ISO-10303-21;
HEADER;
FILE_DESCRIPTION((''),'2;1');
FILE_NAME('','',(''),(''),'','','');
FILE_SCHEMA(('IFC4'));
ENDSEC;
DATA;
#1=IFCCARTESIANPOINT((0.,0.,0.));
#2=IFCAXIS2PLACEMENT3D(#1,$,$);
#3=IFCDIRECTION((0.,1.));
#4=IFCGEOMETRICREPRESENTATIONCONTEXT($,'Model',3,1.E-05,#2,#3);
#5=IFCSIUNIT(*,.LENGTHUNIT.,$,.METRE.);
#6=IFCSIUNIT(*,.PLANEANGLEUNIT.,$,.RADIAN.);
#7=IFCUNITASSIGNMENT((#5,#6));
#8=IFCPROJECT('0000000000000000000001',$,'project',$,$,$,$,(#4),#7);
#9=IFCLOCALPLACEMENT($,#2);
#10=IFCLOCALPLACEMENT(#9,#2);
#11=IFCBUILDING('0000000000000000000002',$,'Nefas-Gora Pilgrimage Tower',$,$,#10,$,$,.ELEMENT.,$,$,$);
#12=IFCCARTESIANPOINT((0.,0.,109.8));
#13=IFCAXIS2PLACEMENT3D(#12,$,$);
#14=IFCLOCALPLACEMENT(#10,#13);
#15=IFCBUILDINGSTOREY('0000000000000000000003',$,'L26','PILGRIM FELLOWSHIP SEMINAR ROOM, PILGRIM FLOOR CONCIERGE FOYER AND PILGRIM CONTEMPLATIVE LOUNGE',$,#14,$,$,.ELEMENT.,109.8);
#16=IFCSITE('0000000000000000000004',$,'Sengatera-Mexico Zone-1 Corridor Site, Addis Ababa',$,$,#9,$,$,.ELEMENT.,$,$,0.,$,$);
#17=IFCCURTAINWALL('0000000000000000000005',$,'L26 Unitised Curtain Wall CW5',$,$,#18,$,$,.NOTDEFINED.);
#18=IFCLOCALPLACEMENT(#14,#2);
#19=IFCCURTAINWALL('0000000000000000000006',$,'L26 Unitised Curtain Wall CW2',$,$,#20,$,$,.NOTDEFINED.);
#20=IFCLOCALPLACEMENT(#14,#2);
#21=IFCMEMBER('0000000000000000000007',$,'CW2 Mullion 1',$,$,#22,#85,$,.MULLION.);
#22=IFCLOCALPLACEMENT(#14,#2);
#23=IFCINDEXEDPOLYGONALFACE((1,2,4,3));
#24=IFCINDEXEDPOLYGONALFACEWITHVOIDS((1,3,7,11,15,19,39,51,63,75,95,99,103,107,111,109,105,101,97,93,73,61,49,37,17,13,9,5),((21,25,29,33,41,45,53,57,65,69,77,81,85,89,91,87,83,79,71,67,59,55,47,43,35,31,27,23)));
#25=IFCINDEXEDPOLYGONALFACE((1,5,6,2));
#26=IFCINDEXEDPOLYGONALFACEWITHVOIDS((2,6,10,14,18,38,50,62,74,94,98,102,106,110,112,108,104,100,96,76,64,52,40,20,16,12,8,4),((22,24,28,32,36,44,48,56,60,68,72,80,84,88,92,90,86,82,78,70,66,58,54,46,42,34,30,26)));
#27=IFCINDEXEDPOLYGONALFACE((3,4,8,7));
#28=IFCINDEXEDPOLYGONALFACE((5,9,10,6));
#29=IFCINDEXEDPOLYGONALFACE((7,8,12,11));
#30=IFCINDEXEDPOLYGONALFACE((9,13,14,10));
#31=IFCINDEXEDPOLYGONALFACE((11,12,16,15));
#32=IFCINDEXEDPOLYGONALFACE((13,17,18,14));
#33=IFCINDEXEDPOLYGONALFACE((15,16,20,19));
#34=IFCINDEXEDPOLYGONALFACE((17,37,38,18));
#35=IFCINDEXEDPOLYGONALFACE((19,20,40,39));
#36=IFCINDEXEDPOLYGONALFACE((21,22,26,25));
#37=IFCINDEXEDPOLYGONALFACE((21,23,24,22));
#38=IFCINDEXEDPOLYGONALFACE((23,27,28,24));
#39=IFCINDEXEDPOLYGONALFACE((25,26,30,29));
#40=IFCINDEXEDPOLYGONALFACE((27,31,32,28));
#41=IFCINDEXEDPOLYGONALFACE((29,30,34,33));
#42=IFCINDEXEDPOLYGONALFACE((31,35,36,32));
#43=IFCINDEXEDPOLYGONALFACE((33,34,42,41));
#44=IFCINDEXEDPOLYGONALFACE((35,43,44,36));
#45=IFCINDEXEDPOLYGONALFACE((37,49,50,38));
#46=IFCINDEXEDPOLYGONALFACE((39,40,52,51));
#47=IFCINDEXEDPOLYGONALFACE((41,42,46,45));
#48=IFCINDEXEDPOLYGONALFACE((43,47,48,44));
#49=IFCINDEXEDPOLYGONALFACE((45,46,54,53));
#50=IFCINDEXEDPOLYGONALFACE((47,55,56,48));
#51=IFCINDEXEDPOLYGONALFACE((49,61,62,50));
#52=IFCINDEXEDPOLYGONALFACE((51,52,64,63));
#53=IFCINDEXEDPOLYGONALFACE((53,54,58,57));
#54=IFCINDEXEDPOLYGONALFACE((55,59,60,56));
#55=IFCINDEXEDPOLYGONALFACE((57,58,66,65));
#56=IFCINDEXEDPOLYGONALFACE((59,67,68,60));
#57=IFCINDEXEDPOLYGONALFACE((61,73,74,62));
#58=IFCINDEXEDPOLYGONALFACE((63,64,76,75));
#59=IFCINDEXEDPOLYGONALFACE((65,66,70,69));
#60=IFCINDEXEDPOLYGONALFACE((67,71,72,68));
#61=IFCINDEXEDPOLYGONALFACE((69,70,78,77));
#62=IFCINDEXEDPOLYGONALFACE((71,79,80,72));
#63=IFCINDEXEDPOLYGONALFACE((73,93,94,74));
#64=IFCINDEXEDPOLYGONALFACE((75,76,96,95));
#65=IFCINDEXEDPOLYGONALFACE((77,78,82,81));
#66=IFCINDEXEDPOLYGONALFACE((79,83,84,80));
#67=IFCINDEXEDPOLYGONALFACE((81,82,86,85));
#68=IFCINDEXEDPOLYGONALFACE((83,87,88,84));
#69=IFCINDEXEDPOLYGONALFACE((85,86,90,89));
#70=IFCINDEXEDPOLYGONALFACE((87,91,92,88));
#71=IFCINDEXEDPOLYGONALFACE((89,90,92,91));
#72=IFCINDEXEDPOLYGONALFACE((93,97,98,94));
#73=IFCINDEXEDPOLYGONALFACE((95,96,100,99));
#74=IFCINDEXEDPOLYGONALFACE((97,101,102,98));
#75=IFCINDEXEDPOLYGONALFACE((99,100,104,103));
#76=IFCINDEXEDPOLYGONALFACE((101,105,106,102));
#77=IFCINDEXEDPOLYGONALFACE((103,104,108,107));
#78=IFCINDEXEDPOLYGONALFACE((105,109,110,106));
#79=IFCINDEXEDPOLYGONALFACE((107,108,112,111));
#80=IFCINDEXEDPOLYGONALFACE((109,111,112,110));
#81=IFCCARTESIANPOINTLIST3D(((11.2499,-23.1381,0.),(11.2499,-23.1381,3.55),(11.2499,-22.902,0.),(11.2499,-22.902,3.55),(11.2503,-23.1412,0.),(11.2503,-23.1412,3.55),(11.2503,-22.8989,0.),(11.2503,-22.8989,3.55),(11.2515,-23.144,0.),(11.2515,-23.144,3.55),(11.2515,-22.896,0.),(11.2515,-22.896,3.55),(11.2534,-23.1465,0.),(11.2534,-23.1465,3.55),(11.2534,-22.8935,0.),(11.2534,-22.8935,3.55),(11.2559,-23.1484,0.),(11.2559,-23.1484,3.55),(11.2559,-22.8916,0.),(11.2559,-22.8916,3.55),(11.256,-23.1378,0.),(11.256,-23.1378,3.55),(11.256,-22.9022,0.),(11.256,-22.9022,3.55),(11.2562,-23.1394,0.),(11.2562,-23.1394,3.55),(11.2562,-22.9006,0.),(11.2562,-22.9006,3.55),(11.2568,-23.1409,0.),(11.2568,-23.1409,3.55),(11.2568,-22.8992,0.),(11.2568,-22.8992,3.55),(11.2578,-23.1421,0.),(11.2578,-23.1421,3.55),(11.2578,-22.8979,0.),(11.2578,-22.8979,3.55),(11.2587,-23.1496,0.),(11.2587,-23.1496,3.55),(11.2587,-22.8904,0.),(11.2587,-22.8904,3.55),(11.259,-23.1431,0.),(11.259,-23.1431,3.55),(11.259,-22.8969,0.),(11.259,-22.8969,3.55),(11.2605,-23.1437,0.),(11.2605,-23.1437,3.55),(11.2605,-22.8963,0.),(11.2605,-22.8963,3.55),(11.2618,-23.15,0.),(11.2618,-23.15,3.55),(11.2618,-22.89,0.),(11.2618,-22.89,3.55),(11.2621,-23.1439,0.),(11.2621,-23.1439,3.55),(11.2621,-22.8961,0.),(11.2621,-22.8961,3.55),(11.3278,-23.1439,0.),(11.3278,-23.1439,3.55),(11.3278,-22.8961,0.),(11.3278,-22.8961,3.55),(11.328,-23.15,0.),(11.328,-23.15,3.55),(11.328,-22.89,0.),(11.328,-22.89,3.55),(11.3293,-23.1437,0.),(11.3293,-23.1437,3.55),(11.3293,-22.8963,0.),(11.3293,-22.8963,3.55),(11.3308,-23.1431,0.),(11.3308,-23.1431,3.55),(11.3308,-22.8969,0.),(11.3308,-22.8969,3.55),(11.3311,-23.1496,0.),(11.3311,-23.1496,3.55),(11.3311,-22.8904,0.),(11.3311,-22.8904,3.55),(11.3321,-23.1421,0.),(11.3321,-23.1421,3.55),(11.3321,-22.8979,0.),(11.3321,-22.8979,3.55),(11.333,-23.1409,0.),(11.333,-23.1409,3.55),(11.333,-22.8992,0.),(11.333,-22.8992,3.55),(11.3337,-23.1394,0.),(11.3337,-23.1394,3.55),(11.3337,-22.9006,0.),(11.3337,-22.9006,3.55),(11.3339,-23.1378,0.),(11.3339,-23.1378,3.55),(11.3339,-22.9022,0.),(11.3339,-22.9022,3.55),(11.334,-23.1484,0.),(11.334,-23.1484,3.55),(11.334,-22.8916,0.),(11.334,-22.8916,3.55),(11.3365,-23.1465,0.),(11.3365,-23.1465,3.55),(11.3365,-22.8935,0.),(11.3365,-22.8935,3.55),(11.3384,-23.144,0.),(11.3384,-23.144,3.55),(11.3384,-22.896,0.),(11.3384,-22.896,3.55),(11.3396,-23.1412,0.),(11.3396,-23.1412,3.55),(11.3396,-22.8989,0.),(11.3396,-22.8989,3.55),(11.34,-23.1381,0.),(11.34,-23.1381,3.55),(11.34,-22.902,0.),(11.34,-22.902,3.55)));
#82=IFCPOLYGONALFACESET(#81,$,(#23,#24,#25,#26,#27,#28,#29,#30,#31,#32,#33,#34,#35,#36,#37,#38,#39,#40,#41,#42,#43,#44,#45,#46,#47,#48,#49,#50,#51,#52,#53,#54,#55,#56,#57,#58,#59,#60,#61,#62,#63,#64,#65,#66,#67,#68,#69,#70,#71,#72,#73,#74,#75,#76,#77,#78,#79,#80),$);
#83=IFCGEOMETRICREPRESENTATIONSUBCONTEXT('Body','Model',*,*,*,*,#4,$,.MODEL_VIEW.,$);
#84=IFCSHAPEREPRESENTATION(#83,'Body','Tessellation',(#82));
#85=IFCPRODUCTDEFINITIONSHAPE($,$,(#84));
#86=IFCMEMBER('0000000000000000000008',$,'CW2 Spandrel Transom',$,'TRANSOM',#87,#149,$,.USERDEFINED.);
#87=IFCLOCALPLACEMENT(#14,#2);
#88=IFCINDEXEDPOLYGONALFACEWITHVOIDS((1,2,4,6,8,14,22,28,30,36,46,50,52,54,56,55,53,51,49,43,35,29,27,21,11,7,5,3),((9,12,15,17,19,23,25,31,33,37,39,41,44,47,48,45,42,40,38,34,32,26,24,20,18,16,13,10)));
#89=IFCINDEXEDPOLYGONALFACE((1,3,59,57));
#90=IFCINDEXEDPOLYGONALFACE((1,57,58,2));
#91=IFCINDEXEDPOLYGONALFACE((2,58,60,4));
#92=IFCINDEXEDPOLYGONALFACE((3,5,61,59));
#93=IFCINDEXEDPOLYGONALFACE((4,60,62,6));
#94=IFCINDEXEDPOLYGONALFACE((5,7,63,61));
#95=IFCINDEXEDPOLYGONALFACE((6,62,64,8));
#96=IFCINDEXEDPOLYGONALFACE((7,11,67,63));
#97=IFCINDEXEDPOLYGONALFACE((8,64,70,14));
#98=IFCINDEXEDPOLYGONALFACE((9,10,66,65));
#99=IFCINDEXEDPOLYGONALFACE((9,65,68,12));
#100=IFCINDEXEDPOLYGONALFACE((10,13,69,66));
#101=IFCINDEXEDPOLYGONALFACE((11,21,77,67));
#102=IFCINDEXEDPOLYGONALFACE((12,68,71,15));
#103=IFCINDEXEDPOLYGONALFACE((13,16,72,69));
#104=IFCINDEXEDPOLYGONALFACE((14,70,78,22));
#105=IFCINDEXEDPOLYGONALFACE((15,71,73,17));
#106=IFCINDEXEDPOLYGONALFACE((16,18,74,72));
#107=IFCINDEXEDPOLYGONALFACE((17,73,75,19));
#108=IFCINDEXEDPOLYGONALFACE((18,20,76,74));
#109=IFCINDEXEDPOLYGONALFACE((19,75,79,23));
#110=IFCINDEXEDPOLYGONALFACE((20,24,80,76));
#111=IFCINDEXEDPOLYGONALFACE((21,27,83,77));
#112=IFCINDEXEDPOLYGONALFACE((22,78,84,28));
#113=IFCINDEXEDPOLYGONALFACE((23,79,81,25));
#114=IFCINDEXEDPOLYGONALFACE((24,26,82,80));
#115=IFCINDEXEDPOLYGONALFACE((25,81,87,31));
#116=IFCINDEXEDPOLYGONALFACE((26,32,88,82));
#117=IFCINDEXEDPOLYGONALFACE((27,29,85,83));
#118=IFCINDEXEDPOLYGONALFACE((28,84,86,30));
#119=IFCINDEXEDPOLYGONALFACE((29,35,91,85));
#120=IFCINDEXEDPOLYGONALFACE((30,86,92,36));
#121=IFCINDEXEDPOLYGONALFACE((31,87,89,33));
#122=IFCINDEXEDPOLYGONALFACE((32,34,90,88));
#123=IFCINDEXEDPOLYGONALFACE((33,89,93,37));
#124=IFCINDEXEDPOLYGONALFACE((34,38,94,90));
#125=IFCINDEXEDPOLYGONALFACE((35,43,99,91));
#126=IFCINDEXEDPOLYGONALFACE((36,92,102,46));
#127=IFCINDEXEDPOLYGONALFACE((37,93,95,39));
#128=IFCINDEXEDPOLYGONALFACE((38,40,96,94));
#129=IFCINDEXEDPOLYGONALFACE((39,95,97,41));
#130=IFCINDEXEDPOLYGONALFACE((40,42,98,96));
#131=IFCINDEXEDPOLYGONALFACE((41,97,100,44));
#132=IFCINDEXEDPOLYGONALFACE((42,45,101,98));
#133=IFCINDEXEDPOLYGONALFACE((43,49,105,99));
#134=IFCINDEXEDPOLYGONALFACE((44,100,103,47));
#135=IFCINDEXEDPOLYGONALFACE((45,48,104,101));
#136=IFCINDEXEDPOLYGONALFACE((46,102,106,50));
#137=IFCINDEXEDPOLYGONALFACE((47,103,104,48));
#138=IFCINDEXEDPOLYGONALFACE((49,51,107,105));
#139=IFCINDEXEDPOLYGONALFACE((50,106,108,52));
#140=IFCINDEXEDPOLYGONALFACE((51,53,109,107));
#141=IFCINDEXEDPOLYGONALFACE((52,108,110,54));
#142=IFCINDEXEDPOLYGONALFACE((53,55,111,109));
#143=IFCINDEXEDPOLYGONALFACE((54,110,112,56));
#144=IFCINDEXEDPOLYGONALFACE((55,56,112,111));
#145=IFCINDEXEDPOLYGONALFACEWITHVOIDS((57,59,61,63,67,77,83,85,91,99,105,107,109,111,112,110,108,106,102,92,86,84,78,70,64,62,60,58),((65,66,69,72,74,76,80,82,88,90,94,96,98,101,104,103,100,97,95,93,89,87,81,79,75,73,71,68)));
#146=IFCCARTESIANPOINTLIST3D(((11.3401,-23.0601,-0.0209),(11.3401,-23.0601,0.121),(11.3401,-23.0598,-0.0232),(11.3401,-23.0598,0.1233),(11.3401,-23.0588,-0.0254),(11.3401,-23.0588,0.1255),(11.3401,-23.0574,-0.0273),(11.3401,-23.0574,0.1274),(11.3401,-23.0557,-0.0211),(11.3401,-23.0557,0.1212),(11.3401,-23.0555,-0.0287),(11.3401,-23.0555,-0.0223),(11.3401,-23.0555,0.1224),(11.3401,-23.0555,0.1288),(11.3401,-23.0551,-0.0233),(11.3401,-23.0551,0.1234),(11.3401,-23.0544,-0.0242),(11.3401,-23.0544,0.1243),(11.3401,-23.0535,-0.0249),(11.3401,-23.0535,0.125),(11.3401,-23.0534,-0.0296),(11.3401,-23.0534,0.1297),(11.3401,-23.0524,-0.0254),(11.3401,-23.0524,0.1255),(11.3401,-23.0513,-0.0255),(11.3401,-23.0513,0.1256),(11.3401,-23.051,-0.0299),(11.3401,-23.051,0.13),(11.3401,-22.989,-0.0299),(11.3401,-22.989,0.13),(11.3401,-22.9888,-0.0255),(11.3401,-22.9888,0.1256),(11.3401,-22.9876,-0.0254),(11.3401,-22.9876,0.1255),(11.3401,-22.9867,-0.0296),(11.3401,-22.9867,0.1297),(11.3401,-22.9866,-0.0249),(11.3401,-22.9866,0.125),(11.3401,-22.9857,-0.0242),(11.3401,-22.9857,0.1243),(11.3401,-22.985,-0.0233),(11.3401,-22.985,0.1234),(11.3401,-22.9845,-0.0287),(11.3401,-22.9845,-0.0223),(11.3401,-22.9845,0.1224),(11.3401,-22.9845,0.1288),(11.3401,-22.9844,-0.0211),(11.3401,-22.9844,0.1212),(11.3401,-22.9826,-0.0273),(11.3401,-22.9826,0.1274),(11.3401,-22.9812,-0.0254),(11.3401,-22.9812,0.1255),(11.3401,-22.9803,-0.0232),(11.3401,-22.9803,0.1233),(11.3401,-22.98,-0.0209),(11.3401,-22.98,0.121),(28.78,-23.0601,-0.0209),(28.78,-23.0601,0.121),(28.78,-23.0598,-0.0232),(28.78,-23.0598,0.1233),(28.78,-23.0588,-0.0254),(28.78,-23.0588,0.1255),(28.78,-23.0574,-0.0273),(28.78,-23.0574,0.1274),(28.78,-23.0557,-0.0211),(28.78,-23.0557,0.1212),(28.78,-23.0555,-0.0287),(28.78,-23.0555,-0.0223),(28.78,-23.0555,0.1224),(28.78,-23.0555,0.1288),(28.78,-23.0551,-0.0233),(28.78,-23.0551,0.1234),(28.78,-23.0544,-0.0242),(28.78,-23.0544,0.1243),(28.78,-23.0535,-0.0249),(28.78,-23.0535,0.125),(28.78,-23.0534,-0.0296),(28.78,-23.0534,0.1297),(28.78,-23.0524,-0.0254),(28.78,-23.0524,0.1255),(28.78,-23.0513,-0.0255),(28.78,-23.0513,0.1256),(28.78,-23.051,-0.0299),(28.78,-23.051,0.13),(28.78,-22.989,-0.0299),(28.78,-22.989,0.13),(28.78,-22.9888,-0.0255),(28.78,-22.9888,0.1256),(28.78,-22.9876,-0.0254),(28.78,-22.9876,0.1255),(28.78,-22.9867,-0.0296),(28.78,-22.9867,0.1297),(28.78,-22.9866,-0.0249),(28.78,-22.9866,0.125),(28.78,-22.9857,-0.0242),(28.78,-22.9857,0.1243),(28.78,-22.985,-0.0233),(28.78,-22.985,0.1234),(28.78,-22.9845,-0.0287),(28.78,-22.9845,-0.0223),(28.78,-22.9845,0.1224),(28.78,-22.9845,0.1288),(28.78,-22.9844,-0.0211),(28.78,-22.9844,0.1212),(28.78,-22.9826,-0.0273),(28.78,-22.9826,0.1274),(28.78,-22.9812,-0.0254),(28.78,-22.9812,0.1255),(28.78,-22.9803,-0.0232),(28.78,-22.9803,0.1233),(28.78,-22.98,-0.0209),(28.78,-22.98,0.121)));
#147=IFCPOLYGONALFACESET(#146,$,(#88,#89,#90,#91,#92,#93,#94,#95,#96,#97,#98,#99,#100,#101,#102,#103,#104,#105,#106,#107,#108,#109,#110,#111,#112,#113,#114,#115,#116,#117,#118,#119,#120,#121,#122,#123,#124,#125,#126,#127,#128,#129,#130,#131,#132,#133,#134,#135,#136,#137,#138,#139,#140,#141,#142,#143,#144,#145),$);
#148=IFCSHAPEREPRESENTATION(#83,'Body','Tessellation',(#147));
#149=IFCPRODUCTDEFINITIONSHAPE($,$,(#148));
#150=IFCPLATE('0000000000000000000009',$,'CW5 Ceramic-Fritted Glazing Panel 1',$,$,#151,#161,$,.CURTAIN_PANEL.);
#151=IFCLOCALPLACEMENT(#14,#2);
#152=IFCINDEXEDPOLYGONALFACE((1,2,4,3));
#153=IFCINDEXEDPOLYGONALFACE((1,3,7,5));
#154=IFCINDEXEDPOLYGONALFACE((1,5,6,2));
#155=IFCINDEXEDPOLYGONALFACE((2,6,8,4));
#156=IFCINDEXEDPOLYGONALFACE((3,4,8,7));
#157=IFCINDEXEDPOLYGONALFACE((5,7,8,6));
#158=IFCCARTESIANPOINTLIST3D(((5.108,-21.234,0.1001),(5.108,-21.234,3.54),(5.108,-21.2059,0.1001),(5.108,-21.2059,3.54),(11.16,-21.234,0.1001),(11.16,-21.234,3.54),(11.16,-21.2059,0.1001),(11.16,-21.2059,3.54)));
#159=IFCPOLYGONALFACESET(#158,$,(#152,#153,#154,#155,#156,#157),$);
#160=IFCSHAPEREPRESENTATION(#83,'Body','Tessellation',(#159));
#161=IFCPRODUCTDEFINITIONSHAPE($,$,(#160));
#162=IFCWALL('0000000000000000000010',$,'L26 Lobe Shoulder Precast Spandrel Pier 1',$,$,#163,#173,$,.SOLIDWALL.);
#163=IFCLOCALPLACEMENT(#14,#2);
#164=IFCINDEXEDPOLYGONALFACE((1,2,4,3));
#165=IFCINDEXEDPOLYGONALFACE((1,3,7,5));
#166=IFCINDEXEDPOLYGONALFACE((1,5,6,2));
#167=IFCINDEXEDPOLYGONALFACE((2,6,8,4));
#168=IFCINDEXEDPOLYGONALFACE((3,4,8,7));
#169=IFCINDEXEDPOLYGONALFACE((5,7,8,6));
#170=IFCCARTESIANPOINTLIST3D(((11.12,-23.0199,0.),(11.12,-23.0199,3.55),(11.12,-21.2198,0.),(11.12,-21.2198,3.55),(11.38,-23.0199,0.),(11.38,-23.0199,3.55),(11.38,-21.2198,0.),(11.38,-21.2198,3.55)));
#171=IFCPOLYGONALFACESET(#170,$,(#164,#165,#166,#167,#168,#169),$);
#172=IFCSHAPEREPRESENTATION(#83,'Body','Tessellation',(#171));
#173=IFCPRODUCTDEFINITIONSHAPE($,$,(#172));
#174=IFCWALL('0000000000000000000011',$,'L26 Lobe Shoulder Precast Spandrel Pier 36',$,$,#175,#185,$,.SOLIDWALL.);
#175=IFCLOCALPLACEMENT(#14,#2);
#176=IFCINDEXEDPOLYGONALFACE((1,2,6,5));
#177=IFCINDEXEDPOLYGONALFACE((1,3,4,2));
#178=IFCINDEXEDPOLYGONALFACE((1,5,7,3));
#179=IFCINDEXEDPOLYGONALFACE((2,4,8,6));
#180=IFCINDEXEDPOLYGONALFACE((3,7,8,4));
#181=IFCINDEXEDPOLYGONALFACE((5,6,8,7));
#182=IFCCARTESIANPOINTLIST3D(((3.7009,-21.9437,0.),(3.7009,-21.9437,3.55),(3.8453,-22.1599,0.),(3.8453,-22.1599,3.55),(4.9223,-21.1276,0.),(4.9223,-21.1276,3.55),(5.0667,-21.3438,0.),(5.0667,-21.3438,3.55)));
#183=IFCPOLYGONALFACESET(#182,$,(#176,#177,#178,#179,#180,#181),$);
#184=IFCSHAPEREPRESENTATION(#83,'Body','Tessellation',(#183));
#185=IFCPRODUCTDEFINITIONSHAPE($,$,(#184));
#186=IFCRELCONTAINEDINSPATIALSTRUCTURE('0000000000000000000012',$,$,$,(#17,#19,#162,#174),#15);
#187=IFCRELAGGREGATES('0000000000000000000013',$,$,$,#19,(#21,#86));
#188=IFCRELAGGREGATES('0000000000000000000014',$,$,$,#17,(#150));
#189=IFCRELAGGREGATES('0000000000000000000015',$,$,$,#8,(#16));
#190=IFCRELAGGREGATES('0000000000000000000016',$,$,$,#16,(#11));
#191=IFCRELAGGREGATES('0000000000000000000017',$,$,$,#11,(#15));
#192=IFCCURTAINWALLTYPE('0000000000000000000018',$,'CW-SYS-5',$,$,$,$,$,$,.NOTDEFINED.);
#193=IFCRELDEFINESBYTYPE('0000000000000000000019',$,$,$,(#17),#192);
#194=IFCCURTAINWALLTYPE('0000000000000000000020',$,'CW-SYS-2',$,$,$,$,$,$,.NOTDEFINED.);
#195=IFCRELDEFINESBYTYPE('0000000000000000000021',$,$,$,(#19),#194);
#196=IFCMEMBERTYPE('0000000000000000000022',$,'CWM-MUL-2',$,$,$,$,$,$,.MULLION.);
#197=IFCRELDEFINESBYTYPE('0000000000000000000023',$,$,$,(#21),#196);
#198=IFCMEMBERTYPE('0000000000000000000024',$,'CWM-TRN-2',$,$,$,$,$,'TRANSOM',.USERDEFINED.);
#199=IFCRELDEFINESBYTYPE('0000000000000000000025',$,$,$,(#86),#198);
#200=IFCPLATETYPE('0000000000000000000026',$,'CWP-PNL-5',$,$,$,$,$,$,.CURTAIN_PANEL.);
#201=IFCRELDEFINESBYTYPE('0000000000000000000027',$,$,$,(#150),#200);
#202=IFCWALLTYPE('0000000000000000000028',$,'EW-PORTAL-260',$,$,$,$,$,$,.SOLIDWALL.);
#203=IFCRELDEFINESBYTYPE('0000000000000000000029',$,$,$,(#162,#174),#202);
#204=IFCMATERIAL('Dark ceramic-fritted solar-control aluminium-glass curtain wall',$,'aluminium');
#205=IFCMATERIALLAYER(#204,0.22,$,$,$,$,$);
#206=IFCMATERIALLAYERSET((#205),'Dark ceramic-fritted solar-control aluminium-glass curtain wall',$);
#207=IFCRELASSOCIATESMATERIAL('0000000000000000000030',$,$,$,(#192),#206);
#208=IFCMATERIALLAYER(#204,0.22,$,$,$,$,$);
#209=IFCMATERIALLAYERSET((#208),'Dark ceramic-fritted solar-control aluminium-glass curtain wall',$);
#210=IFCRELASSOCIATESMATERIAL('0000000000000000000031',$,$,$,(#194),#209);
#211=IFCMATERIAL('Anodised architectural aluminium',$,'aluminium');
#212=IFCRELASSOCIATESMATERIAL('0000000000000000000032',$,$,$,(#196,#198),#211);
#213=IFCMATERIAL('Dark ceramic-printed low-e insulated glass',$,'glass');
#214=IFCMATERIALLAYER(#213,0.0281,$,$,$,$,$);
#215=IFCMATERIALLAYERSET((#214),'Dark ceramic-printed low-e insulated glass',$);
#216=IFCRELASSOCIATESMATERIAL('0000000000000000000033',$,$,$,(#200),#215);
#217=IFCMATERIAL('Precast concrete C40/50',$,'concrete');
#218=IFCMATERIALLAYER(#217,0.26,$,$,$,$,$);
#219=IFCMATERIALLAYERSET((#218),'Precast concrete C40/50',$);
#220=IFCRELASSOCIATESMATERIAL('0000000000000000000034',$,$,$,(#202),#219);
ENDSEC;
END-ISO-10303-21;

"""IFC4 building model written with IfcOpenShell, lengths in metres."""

from ifc_helpers import new_model, si_unit, direction, frame, frame_2d, origin, origin_2d, place, context, subcontext, project, spatial, rectangle, hollow_rectangle, extrude, source, transform, mapped, material, layer, layer_set, material_profile, profile_set, type_object, element, aggregate, save


model = new_model("IFC4")

# Units and contexts
model_context = context("Model", 3, precision=1e-05, world=origin(), true_north=direction((0.0, 1.0)))
body_context = subcontext(model_context, "Body", "Model", "MODEL_VIEW")
ifc_project = project(units=[si_unit("LENGTHUNIT", "METRE"), si_unit("PLANEANGLEUNIT", "RADIAN")], contexts=[model_context])

# Site, building, storey
site_placement = place(None, origin())
site = spatial("IfcSite", under=ifc_project, at=site_placement, Name="Sengatera-Mexico Zone-1 Corridor Site, Addis Ababa", CompositionType="ELEMENT", RefElevation=0.0)
building_placement = place(site_placement, origin())
building = spatial("IfcBuilding", under=site, at=building_placement, Name="Nefas-Gora Pilgrimage Tower", CompositionType="ELEMENT")
storey_placement = place(building_placement, frame((0.0, 0.0, 109.8)))
storey = spatial("IfcBuildingStorey", under=building, at=storey_placement, Name="L26", Description="PILGRIM FELLOWSHIP SEMINAR ROOM, PILGRIM FLOOR CONCIERGE FOYER AND PILGRIM CONTEMPLATIVE LOUNGE", CompositionType="ELEMENT", Elevation=109.8)

# Curtain wall
ifc_material_1 = material(Name="Dark ceramic-fritted solar-control aluminium-glass curtain wall", Category="aluminium")
ifc_layer_1 = layer(ifc_material_1, 0.22)
ifc_layer_set_1 = layer_set([ifc_layer_1], Name="Dark ceramic-fritted solar-control aluminium-glass curtain wall")
curtain_wall_type_1 = type_object("IfcCurtainWallType", Name="CW-SYS-5", PredefinedType="NOTDEFINED", material=ifc_layer_set_1)
curtain_wall_1_placement = place(storey_placement, origin())
curtain_wall_1 = element("IfcCurtainWall", 1, at=curtain_wall_1_placement, inside=storey, type_object=curtain_wall_type_1, Name="L26 Unitised Curtain Wall CW5", PredefinedType="NOTDEFINED")
ifc_material_2 = material(Name="Anodised architectural aluminium", Category="aluminium")

# Curtain wall, members
ifc_layer_2 = layer(ifc_material_1, 0.22)
ifc_layer_set_2 = layer_set([ifc_layer_2], Name="Dark ceramic-fritted solar-control aluminium-glass curtain wall")
curtain_wall_type_2 = type_object("IfcCurtainWallType", Name="CW-SYS-2", PredefinedType="NOTDEFINED", material=ifc_layer_set_2)
curtain_wall_2_placement = place(storey_placement, origin())
curtain_wall_2 = element("IfcCurtainWall", 2, at=curtain_wall_2_placement, inside=storey, type_object=curtain_wall_type_2, Name="L26 Unitised Curtain Wall CW2", PredefinedType="NOTDEFINED")
ifc_material_profile_1 = material_profile(ifc_material_2, hollow_rectangle(XDim=0.0901, YDim=0.26, WallThickness=0.0061, InnerFilletRadius=0.0061, OuterFilletRadius=0.012, at=origin_2d()), Name="ALU MULLION 90x260")
ifc_profile_set_1 = profile_set([ifc_material_profile_1], Name="Anodised architectural aluminium")
member_type_1 = type_object("IfcMemberType", Name="CWM-MUL-2", PredefinedType="MULLION", material=ifc_profile_set_1)
shared_shape_1 = source(origin(), body_context, "Body", "SweptSolid", [
    extrude(hollow_rectangle(XDim=0.0901, YDim=0.26, WallThickness=0.0061, InnerFilletRadius=0.0061, OuterFilletRadius=0.012, at=origin_2d()), origin(), (0.0, 0.0, 1.0), 3.55),
])
member_1_placement = place(storey_placement, frame((11.2949, -23.02, 0.0), z_axis=(0.0, 0.0, 1.0), x_axis=(1.0, 0.0, 0.0)))
member_1 = element("IfcMember", 3, at=member_1_placement, type_object=member_type_1, Name="CW2 Mullion 1", PredefinedType="MULLION", context=body_context, shape_type="MappedRepresentation", body=[
    mapped(shared_shape_1, transform((0.0, 0.0, 0.0), x_axis=(1.0, 0.0, 0.0), y_axis=(0.0, 1.0, 0.0), z_axis=(0.0, 0.0, 1.0), scale=1.0)),
])
ifc_material_profile_2 = material_profile(ifc_material_2, hollow_rectangle(XDim=0.0801, YDim=0.1599, WallThickness=0.0044, InnerFilletRadius=0.0044, OuterFilletRadius=0.009, at=origin_2d()), Name="ALU TRANSOM 80x160")
ifc_profile_set_2 = profile_set([ifc_material_profile_2], Name="Anodised architectural aluminium")
member_type_2 = type_object("IfcMemberType", Name="CWM-TRN-2", ElementType="TRANSOM", PredefinedType="USERDEFINED", material=ifc_profile_set_2)
shared_shape_2 = source(origin(), body_context, "Body", "SweptSolid", [
    extrude(hollow_rectangle(XDim=0.0801, YDim=0.1599, WallThickness=0.0044, InnerFilletRadius=0.0044, OuterFilletRadius=0.009, at=origin_2d()), origin(), (0.0, 0.0, 1.0), 17.4399),
])
member_2_placement = place(storey_placement, frame((11.3401, -23.02, 0.05), z_axis=(1.0, 0.0, 0.0), x_axis=(0.0, 1.0, 0.0)))
member_2 = element("IfcMember", 4, at=member_2_placement, type_object=member_type_2, Name="CW2 Spandrel Transom", ObjectType="TRANSOM", PredefinedType="USERDEFINED", context=body_context, shape_type="MappedRepresentation", body=[
    mapped(shared_shape_2, transform((0.0, 0.0, 0.0), x_axis=(1.0, 0.0, 0.0), y_axis=(0.0, 1.0, 0.0), z_axis=(0.0, 0.0, 1.0), scale=1.0)),
])
aggregate(curtain_wall_2, [member_1, member_2])

# Plate
ifc_material_3 = material(Name="Dark ceramic-printed low-e insulated glass", Category="glass")
ifc_layer_3 = layer(ifc_material_3, 0.0281)
ifc_layer_set_3 = layer_set([ifc_layer_3], Name="Dark ceramic-printed low-e insulated glass")
plate_type = type_object("IfcPlateType", Name="CWP-PNL-5", PredefinedType="CURTAIN_PANEL", material=ifc_layer_set_3)
shared_shape_3 = source(origin(), body_context, "Body", "SweptSolid", [
    extrude(rectangle(XDim=6.052, YDim=0.0281, at=origin_2d()), origin(), (0.0, 0.0, 1.0), 3.4399),
])
plate_placement = place(storey_placement, frame((8.134, -21.22, 0.1001), z_axis=(0.0, 0.0, 1.0), x_axis=(1.0, 0.0, 0.0)))
plate = element("IfcPlate", 5, at=plate_placement, type_object=plate_type, Name="CW5 Ceramic-Fritted Glazing Panel 1", PredefinedType="CURTAIN_PANEL", context=body_context, shape_type="MappedRepresentation", body=[
    mapped(shared_shape_3, transform((0.0, 0.0, 0.0), x_axis=(1.0, 0.0, 0.0), y_axis=(0.0, 1.0, 0.0), z_axis=(0.0, 0.0, 1.0), scale=1.0)),
])
aggregate(curtain_wall_1, [plate])

# Walls
ifc_material_4 = material(Name="Precast concrete C40/50", Category="concrete")
ifc_layer_4 = layer(ifc_material_4, 0.26)
ifc_layer_set_4 = layer_set([ifc_layer_4], Name="Precast concrete C40/50")
wall_type_1 = type_object("IfcWallType", Name="EW-PORTAL-260", PredefinedType="SOLIDWALL", material=ifc_layer_set_4)
shared_shape_4 = source(origin(), body_context, "Body", "SweptSolid", [
    extrude(rectangle(XDim=1.8, YDim=0.26, at=frame_2d((0.8999, 0.0))), origin(), (0.0, 0.0, 1.0), 3.55),
])
wall_1_placement = place(storey_placement, frame((11.25, -21.22, 0.0), z_axis=(0.0, 0.0, 1.0), x_axis=(0.0, -1.0, 0.0)))
element("IfcWall", 6, at=wall_1_placement, inside=storey, type_object=wall_type_1, Name="L26 Lobe Shoulder Precast Spandrel Pier 1", PredefinedType="SOLIDWALL", context=body_context, shape_type="MappedRepresentation", body=[
    mapped(shared_shape_4, transform((0.0, 0.0, 0.0), x_axis=(1.0, 0.0, 0.0), y_axis=(0.0, 1.0, 0.0), z_axis=(0.0, 0.0, 1.0), scale=1.0)),
])
shared_shape_5 = source(origin(), body_context, "Body", "SweptSolid", [
    extrude(rectangle(XDim=1.469, YDim=0.26, at=frame_2d((0.7344, 0.0))), origin(), (0.0, 0.0, 1.0), 3.55),
])
wall_2_placement = place(storey_placement, frame((3.7732, -22.0518, 0.0), z_axis=(0.0, 0.0, 1.0), x_axis=(0.831462, 0.555582, 0.0)))
element("IfcWall", 7, at=wall_2_placement, inside=storey, type_object=wall_type_1, Name="L26 Lobe Shoulder Precast Spandrel Pier 36", PredefinedType="SOLIDWALL", context=body_context, shape_type="MappedRepresentation", body=[
    mapped(shared_shape_5, transform((0.0, 0.0, 0.0), x_axis=(1.0, 0.0, 0.0), y_axis=(0.0, 1.0, 0.0), z_axis=(0.0, 0.0, 1.0), scale=1.0)),
])

save(model, "model.ifc")
